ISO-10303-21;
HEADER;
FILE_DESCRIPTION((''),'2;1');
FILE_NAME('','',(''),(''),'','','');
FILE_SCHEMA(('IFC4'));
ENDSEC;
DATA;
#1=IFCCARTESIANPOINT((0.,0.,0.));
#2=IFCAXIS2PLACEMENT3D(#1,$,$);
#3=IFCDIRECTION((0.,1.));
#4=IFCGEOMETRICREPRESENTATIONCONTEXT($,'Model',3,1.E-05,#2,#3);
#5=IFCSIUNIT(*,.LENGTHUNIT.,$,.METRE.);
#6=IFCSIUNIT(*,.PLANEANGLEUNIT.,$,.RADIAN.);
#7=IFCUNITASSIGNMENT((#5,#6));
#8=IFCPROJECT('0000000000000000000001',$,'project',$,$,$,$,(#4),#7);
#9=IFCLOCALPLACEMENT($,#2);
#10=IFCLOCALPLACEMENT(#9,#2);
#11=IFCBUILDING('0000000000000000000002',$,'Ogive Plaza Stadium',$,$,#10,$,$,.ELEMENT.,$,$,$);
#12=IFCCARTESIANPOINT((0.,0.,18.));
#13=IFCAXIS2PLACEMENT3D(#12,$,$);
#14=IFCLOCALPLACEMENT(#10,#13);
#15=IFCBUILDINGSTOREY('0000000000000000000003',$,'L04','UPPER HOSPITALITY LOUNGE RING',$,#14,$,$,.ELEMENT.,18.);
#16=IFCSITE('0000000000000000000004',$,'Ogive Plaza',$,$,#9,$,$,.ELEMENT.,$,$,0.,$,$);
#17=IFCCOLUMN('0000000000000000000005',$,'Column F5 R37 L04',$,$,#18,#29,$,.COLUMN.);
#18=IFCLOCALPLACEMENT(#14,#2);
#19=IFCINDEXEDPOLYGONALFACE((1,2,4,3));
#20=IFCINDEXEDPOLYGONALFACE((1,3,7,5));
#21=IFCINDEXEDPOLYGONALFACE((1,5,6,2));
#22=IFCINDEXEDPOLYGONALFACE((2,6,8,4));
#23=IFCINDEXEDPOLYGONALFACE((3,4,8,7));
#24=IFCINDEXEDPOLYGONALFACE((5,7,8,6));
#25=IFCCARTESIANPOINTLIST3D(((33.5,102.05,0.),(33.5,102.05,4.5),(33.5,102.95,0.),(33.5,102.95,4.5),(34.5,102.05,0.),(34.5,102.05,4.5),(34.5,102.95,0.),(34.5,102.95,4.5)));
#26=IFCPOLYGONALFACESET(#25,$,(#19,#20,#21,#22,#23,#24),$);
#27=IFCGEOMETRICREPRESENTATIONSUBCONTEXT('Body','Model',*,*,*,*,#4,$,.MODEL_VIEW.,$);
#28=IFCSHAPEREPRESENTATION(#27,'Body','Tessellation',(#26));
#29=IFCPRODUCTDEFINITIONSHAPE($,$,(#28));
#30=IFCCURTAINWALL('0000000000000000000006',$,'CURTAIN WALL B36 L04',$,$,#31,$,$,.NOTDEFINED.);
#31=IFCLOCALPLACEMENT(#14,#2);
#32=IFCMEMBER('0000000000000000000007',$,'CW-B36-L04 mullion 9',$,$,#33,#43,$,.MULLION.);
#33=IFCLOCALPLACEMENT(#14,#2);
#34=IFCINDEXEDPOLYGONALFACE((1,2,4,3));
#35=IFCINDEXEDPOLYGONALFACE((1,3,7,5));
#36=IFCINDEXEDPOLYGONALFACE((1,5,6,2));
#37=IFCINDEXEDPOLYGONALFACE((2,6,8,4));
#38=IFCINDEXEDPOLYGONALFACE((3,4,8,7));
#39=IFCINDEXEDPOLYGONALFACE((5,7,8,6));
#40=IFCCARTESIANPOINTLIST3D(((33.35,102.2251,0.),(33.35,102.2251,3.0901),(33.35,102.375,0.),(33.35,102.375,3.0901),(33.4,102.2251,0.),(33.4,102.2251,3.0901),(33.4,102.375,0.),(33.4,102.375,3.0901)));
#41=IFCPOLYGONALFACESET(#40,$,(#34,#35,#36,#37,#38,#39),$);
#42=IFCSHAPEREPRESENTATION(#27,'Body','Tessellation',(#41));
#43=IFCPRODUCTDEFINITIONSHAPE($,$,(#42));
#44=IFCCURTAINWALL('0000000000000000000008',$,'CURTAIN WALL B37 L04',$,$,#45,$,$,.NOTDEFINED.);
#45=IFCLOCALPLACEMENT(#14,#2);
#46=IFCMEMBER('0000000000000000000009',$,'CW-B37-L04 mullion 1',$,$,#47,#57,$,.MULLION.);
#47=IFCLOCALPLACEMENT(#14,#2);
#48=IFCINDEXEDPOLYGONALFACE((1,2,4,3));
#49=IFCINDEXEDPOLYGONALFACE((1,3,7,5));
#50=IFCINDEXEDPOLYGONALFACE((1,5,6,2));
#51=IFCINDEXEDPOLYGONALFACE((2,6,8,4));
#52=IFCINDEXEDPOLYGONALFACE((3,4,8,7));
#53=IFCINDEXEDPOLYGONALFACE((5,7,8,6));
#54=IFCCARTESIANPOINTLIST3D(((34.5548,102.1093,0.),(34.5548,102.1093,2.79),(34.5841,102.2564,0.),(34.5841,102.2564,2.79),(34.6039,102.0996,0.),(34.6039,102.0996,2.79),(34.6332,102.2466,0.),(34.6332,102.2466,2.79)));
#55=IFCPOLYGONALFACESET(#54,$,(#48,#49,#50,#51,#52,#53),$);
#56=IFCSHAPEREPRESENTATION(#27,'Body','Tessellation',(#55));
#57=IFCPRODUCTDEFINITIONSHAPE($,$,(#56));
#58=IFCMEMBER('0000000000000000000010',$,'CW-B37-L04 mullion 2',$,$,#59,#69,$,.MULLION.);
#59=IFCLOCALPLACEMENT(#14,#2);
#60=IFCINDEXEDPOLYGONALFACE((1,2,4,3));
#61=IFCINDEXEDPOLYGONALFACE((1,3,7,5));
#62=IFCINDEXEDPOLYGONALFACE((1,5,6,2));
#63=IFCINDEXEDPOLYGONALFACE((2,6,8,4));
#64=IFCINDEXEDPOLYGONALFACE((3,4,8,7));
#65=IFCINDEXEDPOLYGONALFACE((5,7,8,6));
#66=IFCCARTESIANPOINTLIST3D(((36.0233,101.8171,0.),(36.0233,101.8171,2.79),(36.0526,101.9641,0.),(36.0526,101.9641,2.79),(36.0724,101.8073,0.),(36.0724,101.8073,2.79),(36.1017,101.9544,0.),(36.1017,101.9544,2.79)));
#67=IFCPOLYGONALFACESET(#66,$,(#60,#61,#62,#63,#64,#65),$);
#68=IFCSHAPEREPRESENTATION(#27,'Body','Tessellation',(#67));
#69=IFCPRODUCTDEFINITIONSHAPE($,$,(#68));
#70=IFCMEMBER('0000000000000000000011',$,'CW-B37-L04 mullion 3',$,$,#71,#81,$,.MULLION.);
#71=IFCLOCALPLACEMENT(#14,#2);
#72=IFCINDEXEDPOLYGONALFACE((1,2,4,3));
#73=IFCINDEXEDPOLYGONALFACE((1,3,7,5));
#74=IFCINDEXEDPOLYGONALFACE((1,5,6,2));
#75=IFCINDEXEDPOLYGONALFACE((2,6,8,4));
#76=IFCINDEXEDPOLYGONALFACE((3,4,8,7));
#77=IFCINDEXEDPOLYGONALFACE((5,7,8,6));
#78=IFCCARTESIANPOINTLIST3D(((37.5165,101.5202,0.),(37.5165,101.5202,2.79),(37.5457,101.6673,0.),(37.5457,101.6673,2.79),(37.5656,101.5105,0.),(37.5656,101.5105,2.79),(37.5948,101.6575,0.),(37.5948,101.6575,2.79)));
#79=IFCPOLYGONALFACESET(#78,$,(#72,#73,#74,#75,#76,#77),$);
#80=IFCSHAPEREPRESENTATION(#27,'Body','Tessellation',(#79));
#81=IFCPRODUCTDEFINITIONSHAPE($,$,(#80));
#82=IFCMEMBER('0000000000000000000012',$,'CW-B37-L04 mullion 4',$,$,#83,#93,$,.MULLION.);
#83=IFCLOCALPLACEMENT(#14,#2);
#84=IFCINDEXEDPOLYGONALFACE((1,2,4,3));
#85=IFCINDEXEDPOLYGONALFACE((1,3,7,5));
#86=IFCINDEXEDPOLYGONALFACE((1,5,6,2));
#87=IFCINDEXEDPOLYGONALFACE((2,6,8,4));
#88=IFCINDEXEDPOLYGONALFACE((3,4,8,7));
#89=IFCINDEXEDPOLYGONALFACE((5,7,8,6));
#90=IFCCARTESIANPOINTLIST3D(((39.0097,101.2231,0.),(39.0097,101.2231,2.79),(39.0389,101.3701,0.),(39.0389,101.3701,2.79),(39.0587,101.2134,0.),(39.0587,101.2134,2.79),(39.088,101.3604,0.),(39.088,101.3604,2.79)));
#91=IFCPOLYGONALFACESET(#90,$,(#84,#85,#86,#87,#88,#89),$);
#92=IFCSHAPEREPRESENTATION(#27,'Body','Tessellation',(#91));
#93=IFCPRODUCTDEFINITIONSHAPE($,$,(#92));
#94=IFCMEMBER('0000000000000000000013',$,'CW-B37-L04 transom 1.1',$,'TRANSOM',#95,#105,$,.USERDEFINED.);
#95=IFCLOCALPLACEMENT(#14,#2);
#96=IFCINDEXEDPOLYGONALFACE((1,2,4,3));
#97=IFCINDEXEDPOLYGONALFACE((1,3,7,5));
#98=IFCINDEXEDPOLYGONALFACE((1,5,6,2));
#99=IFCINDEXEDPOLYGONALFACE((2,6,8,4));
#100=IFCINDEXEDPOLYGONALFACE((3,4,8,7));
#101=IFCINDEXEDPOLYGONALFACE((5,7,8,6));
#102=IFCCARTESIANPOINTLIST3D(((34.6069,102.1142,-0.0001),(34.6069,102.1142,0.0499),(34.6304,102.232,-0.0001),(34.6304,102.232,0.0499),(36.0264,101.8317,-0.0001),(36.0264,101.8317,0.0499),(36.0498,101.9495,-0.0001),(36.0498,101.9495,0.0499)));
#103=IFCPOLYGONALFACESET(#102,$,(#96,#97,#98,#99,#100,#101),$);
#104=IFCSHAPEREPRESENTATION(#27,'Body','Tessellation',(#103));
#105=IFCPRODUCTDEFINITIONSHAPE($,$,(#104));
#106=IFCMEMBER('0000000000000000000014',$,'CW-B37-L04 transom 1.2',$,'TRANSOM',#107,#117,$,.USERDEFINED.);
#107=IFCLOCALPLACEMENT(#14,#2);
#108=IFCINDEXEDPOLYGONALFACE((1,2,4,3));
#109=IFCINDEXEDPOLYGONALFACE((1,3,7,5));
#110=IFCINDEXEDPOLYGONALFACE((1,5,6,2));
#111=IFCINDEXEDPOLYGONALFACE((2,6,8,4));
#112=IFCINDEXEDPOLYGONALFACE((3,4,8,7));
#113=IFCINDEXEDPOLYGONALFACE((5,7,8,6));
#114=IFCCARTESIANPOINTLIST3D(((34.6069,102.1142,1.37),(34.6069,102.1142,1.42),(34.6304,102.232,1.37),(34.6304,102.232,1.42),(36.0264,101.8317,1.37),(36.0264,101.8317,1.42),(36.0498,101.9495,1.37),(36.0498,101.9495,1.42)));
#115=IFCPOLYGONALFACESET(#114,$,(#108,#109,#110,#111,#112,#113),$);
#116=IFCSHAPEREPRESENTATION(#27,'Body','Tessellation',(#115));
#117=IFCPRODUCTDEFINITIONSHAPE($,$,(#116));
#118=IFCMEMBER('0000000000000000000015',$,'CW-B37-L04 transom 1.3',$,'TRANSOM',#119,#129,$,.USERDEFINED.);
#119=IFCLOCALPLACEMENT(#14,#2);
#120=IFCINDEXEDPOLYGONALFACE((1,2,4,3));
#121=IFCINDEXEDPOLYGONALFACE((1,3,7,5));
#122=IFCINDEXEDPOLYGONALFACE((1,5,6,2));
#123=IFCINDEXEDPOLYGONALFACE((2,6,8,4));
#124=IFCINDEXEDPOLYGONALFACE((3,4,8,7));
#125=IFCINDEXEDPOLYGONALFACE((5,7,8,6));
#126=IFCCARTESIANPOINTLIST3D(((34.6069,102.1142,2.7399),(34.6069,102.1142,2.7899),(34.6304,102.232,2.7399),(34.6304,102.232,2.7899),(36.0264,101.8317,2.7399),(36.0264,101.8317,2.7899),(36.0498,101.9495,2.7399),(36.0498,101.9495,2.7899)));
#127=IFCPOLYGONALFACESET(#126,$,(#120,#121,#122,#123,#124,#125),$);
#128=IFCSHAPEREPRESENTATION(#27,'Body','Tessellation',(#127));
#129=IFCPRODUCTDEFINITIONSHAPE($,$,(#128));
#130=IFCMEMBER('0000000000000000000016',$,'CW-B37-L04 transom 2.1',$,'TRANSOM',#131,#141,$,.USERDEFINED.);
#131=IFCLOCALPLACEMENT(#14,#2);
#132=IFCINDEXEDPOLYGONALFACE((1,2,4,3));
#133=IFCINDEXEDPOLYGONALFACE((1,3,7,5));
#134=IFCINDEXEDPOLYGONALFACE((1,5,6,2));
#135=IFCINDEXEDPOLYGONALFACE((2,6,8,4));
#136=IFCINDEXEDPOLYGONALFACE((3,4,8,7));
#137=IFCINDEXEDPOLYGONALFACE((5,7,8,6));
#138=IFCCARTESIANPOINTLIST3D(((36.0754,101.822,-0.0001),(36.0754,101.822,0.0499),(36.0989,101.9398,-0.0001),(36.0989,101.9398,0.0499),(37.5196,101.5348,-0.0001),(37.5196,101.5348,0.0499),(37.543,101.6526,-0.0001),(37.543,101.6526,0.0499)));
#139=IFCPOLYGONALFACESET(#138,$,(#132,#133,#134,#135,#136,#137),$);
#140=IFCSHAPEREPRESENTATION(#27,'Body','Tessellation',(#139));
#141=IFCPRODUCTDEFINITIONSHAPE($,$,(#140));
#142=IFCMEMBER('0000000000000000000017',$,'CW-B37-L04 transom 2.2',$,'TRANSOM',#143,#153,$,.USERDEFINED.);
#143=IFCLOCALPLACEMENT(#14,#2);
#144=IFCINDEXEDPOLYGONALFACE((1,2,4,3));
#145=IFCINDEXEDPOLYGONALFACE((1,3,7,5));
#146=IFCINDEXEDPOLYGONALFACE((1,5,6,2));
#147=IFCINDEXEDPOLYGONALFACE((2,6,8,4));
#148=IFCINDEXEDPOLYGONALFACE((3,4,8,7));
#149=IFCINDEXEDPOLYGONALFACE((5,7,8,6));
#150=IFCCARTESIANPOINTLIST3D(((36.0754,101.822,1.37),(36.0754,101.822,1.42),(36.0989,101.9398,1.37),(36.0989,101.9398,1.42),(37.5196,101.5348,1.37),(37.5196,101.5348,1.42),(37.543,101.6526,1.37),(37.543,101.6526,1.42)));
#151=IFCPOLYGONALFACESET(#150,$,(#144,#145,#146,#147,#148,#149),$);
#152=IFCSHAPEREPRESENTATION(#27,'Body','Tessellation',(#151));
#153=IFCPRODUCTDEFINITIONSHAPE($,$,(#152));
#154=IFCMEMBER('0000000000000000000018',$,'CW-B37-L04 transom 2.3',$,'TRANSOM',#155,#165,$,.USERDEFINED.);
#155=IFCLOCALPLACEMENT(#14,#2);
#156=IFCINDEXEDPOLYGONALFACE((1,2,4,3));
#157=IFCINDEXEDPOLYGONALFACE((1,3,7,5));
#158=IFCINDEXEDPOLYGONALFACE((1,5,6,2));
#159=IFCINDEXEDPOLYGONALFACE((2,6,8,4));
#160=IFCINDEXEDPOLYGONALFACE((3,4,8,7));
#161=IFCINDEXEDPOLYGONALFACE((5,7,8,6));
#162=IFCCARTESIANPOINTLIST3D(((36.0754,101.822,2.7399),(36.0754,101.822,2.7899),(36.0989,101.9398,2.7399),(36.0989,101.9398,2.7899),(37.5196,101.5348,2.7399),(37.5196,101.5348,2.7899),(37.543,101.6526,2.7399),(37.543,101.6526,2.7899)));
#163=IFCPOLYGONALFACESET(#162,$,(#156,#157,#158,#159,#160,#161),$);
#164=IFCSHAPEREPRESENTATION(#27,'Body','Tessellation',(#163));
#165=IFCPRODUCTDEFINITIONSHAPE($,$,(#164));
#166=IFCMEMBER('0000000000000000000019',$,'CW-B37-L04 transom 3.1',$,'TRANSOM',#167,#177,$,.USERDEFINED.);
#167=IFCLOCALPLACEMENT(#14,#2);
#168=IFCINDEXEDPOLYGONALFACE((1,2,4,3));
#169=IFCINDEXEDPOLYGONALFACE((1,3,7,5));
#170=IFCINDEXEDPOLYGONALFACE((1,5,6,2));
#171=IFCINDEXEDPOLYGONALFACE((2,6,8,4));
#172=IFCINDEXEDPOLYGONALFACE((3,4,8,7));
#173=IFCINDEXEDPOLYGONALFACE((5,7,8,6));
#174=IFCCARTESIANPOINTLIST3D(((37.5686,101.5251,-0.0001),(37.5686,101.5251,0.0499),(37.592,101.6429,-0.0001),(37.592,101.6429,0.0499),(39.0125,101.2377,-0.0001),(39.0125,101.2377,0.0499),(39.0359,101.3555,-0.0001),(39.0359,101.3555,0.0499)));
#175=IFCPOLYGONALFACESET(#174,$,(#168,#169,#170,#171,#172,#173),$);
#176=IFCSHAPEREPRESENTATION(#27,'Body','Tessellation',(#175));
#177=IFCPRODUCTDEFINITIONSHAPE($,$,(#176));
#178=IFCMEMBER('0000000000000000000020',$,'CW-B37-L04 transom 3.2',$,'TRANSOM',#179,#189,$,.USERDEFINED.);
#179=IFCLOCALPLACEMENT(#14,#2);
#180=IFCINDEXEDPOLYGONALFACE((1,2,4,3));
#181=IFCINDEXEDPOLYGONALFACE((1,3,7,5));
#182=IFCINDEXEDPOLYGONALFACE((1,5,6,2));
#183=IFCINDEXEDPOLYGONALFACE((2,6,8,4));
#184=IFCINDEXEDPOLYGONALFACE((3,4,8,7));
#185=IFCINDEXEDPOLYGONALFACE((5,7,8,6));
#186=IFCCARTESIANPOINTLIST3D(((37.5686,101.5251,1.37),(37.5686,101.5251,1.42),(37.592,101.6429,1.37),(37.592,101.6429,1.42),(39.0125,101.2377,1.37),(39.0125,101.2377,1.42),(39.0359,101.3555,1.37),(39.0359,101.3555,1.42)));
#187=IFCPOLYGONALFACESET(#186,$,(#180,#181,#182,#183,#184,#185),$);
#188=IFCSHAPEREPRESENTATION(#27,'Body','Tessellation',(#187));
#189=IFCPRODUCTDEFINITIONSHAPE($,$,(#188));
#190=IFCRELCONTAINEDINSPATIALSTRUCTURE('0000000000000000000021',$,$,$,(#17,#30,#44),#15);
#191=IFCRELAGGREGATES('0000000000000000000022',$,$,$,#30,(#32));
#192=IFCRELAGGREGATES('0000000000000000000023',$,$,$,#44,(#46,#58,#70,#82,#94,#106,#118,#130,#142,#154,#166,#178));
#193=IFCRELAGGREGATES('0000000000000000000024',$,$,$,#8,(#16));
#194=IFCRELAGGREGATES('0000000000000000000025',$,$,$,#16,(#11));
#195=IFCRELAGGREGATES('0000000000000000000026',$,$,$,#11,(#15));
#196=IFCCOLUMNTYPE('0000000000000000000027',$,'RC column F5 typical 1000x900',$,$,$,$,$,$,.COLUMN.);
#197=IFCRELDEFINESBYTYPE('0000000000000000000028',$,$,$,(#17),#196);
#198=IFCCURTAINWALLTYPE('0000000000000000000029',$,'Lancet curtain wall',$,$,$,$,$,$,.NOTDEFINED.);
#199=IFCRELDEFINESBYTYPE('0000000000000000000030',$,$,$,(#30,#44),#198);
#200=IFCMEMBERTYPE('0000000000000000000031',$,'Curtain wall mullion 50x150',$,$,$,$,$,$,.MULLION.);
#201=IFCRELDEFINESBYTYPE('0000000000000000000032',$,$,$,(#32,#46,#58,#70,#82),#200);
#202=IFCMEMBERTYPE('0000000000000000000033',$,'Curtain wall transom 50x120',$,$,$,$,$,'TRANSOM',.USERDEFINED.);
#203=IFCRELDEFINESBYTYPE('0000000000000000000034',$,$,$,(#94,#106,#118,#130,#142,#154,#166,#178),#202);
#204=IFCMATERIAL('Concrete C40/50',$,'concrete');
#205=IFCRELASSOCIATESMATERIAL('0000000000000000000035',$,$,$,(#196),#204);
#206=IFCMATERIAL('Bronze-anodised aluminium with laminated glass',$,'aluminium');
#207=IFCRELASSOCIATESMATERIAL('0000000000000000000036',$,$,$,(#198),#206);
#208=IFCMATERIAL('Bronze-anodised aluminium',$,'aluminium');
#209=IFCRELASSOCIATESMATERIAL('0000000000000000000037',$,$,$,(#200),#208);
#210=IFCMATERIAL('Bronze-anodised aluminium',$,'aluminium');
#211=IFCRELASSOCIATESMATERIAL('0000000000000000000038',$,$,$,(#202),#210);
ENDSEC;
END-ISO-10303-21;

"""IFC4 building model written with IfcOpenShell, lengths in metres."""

from ifc_helpers import new_model, si_unit, direction, frame, origin, origin_2d, place, context, subcontext, project, spatial, rectangle, extrude, material, material_profile, profile_set, type_object, element, aggregate, save


model = new_model("IFC4")

# Units and contexts
model_context = context("Model", 3, precision=1e-05, world=origin(), true_north=direction((0.0, 1.0)))
body_context = subcontext(model_context, "Body", "Model", "MODEL_VIEW")
ifc_project = project(units=[si_unit("LENGTHUNIT", "METRE"), si_unit("PLANEANGLEUNIT", "RADIAN")], contexts=[model_context])

# Site, building, storey
site_placement = place(None, origin())
site = spatial("IfcSite", under=ifc_project, at=site_placement, Name="Ogive Plaza", CompositionType="ELEMENT", RefElevation=0.0)
building_placement = place(site_placement, origin())
building = spatial("IfcBuilding", under=site, at=building_placement, Name="Ogive Plaza Stadium", CompositionType="ELEMENT")
storey_placement = place(building_placement, frame((0.0, 0.0, 18.0)))
storey = spatial("IfcBuildingStorey", under=building, at=storey_placement, Name="L04", Description="UPPER HOSPITALITY LOUNGE RING", CompositionType="ELEMENT", Elevation=18.0)

# Column
ifc_material_1 = material(Name="Concrete C40/50", Category="concrete")
ifc_material_profile_1 = material_profile(ifc_material_1, rectangle(XDim=1.0, YDim=0.8999, at=origin_2d()), Name="RC 1000x900")
ifc_profile_set_1 = profile_set([ifc_material_profile_1], Name="Concrete C40/50")
column_type = type_object("IfcColumnType", Name="RC column F5 typical 1000x900", PredefinedType="COLUMN", material=ifc_profile_set_1)
column_placement = place(storey_placement, frame((34.0, 102.5, 0.0), z_axis=(0.0, 0.0, 1.0), x_axis=(-1.0, 0.0, 0.0)))
element("IfcColumn", 1, at=column_placement, inside=storey, type_object=column_type, Name="Column F5 R37 L04", PredefinedType="COLUMN", context=body_context, shape_type="SweptSolid", body=[
    extrude(rectangle(XDim=1.0, YDim=0.8999, at=origin_2d()), origin(), (0.0, 0.0, 1.0), 4.5),
])

# Curtain wall, member
ifc_material_2 = material(Name="Bronze-anodised aluminium with laminated glass", Category="aluminium")
curtain_wall_type = type_object("IfcCurtainWallType", Name="Lancet curtain wall", PredefinedType="NOTDEFINED", material=ifc_material_2)
curtain_wall_1_placement = place(storey_placement, origin())
curtain_wall_1 = element("IfcCurtainWall", 2, at=curtain_wall_1_placement, inside=storey, type_object=curtain_wall_type, Name="CURTAIN WALL B36 L04", PredefinedType="NOTDEFINED")
ifc_material_3 = material(Name="Bronze-anodised aluminium", Category="aluminium")
ifc_material_profile_2 = material_profile(ifc_material_3, rectangle(XDim=0.1499, YDim=0.05, at=origin_2d()), Name="AL 150x50")
ifc_profile_set_2 = profile_set([ifc_material_profile_2], Name="Bronze-anodised aluminium")
member_type_1 = type_object("IfcMemberType", Name="Curtain wall mullion 50x150", PredefinedType="MULLION", material=ifc_profile_set_2)
member_1_placement = place(storey_placement, frame((33.375, 102.3, 0.0), z_axis=(0.0, 0.0, 1.0), x_axis=(0.0, 1.0, 0.0)))
member_1 = element("IfcMember", 3, at=member_1_placement, type_object=member_type_1, Name="CW-B36-L04 mullion 9", PredefinedType="MULLION", context=body_context, shape_type="SweptSolid", body=[
    extrude(rectangle(XDim=0.1499, YDim=0.05, at=origin_2d()), origin(), (0.0, 0.0, 1.0), 3.0901),
])
aggregate(curtain_wall_1, [member_1])

# Curtain wall, members
curtain_wall_2_placement = place(storey_placement, origin())
curtain_wall_2 = element("IfcCurtainWall", 4, at=curtain_wall_2_placement, inside=storey, type_object=curtain_wall_type, Name="CURTAIN WALL B37 L04", PredefinedType="NOTDEFINED")
member_2_placement = place(storey_placement, frame((34.594, 102.178, 0.0), z_axis=(0.0, 0.0, 1.0), x_axis=(0.19509, 0.980785, 0.0)))
member_2 = element("IfcMember", 5, at=member_2_placement, type_object=member_type_1, Name="CW-B37-L04 mullion 1", PredefinedType="MULLION", context=body_context, shape_type="SweptSolid", body=[
    extrude(rectangle(XDim=0.1499, YDim=0.05, at=origin_2d()), origin(), (0.0, 0.0, 1.0), 2.79),
])
member_3_placement = place(storey_placement, frame((36.0625, 101.8857, 0.0), z_axis=(0.0, 0.0, 1.0), x_axis=(0.19509, 0.980785, 0.0)))
member_3 = element("IfcMember", 6, at=member_3_placement, type_object=member_type_1, Name="CW-B37-L04 mullion 2", PredefinedType="MULLION", context=body_context, shape_type="SweptSolid", body=[
    extrude(rectangle(XDim=0.1499, YDim=0.05, at=origin_2d()), origin(), (0.0, 0.0, 1.0), 2.79),
])
member_4_placement = place(storey_placement, frame((37.5557, 101.5889, 0.0), z_axis=(0.0, 0.0, 1.0), x_axis=(0.19509, 0.980785, 0.0)))
member_4 = element("IfcMember", 7, at=member_4_placement, type_object=member_type_1, Name="CW-B37-L04 mullion 3", PredefinedType="MULLION", context=body_context, shape_type="SweptSolid", body=[
    extrude(rectangle(XDim=0.1499, YDim=0.05, at=origin_2d()), origin(), (0.0, 0.0, 1.0), 2.79),
])
member_5_placement = place(storey_placement, frame((39.0488, 101.2917, 0.0), z_axis=(0.0, 0.0, 1.0), x_axis=(0.19509, 0.980785, 0.0)))
member_5 = element("IfcMember", 8, at=member_5_placement, type_object=member_type_1, Name="CW-B37-L04 mullion 4", PredefinedType="MULLION", context=body_context, shape_type="SweptSolid", body=[
    extrude(rectangle(XDim=0.1499, YDim=0.05, at=origin_2d()), origin(), (0.0, 0.0, 1.0), 2.79),
])
ifc_material_4 = material(Name="Bronze-anodised aluminium", Category="aluminium")
ifc_material_profile_3 = material_profile(ifc_material_4, rectangle(XDim=0.1201, YDim=0.05, at=origin_2d()), Name="AL 120x50")
ifc_profile_set_3 = profile_set([ifc_material_profile_3], Name="Bronze-anodised aluminium")
member_type_2 = type_object("IfcMemberType", Name="Curtain wall transom 50x120", ElementType="TRANSOM", PredefinedType="USERDEFINED", material=ifc_profile_set_3)
member_6_placement = place(storey_placement, frame((34.6187, 102.1731, 0.0249), z_axis=(0.980768, -0.195175, 0.0), x_axis=(0.195175, 0.980768, 0.0)))
member_6 = element("IfcMember", 9, at=member_6_placement, type_object=member_type_2, Name="CW-B37-L04 transom 1.1", ObjectType="TRANSOM", PredefinedType="USERDEFINED", context=body_context, shape_type="SweptSolid", body=[
    extrude(rectangle(XDim=0.1201, YDim=0.05, at=origin_2d()), origin(), (0.0, 0.0, 1.0), 1.4473),
])
member_7_placement = place(storey_placement, frame((34.6187, 102.1731, 1.395), z_axis=(0.980768, -0.195175, 0.0), x_axis=(0.195175, 0.980768, 0.0)))
member_7 = element("IfcMember", 10, at=member_7_placement, type_object=member_type_2, Name="CW-B37-L04 transom 1.2", ObjectType="TRANSOM", PredefinedType="USERDEFINED", context=body_context, shape_type="SweptSolid", body=[
    extrude(rectangle(XDim=0.1201, YDim=0.05, at=origin_2d()), origin(), (0.0, 0.0, 1.0), 1.4473),
])
member_8_placement = place(storey_placement, frame((34.6187, 102.1731, 2.7649), z_axis=(0.980768, -0.195175, 0.0), x_axis=(0.195175, 0.980768, 0.0)))
member_8 = element("IfcMember", 11, at=member_8_placement, type_object=member_type_2, Name="CW-B37-L04 transom 1.3", ObjectType="TRANSOM", PredefinedType="USERDEFINED", context=body_context, shape_type="SweptSolid", body=[
    extrude(rectangle(XDim=0.1201, YDim=0.05, at=origin_2d()), origin(), (0.0, 0.0, 1.0), 1.4473),
])
member_9_placement = place(storey_placement, frame((36.0872, 101.8809, 0.0249), z_axis=(0.980803, -0.195, 0.0), x_axis=(0.195, 0.980803, 0.0)))
member_9 = element("IfcMember", 12, at=member_9_placement, type_object=member_type_2, Name="CW-B37-L04 transom 2.1", ObjectType="TRANSOM", PredefinedType="USERDEFINED", context=body_context, shape_type="SweptSolid", body=[
    extrude(rectangle(XDim=0.1201, YDim=0.05, at=origin_2d()), origin(), (0.0, 0.0, 1.0), 1.4724),
])
member_10_placement = place(storey_placement, frame((36.0872, 101.8809, 1.395), z_axis=(0.980803, -0.195, 0.0), x_axis=(0.195, 0.980803, 0.0)))
member_10 = element("IfcMember", 13, at=member_10_placement, type_object=member_type_2, Name="CW-B37-L04 transom 2.2", ObjectType="TRANSOM", PredefinedType="USERDEFINED", context=body_context, shape_type="SweptSolid", body=[
    extrude(rectangle(XDim=0.1201, YDim=0.05, at=origin_2d()), origin(), (0.0, 0.0, 1.0), 1.4724),
])
member_11_placement = place(storey_placement, frame((36.0872, 101.8809, 2.7649), z_axis=(0.980803, -0.195, 0.0), x_axis=(0.195, 0.980803, 0.0)))
member_11 = element("IfcMember", 14, at=member_11_placement, type_object=member_type_2, Name="CW-B37-L04 transom 2.3", ObjectType="TRANSOM", PredefinedType="USERDEFINED", context=body_context, shape_type="SweptSolid", body=[
    extrude(rectangle(XDim=0.1201, YDim=0.05, at=origin_2d()), origin(), (0.0, 0.0, 1.0), 1.4724),
])
member_12_placement = place(storey_placement, frame((37.5803, 101.584, 0.0249), z_axis=(0.980765, -0.195191, 0.0), x_axis=(0.195191, 0.980765, 0.0)))
member_12 = element("IfcMember", 15, at=member_12_placement, type_object=member_type_2, Name="CW-B37-L04 transom 3.1", ObjectType="TRANSOM", PredefinedType="USERDEFINED", context=body_context, shape_type="SweptSolid", body=[
    extrude(rectangle(XDim=0.1201, YDim=0.05, at=origin_2d()), origin(), (0.0, 0.0, 1.0), 1.4722),
])
member_13_placement = place(storey_placement, frame((37.5803, 101.584, 1.395), z_axis=(0.980765, -0.195191, 0.0), x_axis=(0.195191, 0.980765, 0.0)))
member_13 = element("IfcMember", 16, at=member_13_placement, type_object=member_type_2, Name="CW-B37-L04 transom 3.2", ObjectType="TRANSOM", PredefinedType="USERDEFINED", context=body_context, shape_type="SweptSolid", body=[
    extrude(rectangle(XDim=0.1201, YDim=0.05, at=origin_2d()), origin(), (0.0, 0.0, 1.0), 1.4722),
])

aggregate(curtain_wall_2, [member_2, member_3, member_4, member_5, member_6, member_7, member_8, member_9, member_10, member_11, member_12, member_13])

save(model, "model.ifc")
